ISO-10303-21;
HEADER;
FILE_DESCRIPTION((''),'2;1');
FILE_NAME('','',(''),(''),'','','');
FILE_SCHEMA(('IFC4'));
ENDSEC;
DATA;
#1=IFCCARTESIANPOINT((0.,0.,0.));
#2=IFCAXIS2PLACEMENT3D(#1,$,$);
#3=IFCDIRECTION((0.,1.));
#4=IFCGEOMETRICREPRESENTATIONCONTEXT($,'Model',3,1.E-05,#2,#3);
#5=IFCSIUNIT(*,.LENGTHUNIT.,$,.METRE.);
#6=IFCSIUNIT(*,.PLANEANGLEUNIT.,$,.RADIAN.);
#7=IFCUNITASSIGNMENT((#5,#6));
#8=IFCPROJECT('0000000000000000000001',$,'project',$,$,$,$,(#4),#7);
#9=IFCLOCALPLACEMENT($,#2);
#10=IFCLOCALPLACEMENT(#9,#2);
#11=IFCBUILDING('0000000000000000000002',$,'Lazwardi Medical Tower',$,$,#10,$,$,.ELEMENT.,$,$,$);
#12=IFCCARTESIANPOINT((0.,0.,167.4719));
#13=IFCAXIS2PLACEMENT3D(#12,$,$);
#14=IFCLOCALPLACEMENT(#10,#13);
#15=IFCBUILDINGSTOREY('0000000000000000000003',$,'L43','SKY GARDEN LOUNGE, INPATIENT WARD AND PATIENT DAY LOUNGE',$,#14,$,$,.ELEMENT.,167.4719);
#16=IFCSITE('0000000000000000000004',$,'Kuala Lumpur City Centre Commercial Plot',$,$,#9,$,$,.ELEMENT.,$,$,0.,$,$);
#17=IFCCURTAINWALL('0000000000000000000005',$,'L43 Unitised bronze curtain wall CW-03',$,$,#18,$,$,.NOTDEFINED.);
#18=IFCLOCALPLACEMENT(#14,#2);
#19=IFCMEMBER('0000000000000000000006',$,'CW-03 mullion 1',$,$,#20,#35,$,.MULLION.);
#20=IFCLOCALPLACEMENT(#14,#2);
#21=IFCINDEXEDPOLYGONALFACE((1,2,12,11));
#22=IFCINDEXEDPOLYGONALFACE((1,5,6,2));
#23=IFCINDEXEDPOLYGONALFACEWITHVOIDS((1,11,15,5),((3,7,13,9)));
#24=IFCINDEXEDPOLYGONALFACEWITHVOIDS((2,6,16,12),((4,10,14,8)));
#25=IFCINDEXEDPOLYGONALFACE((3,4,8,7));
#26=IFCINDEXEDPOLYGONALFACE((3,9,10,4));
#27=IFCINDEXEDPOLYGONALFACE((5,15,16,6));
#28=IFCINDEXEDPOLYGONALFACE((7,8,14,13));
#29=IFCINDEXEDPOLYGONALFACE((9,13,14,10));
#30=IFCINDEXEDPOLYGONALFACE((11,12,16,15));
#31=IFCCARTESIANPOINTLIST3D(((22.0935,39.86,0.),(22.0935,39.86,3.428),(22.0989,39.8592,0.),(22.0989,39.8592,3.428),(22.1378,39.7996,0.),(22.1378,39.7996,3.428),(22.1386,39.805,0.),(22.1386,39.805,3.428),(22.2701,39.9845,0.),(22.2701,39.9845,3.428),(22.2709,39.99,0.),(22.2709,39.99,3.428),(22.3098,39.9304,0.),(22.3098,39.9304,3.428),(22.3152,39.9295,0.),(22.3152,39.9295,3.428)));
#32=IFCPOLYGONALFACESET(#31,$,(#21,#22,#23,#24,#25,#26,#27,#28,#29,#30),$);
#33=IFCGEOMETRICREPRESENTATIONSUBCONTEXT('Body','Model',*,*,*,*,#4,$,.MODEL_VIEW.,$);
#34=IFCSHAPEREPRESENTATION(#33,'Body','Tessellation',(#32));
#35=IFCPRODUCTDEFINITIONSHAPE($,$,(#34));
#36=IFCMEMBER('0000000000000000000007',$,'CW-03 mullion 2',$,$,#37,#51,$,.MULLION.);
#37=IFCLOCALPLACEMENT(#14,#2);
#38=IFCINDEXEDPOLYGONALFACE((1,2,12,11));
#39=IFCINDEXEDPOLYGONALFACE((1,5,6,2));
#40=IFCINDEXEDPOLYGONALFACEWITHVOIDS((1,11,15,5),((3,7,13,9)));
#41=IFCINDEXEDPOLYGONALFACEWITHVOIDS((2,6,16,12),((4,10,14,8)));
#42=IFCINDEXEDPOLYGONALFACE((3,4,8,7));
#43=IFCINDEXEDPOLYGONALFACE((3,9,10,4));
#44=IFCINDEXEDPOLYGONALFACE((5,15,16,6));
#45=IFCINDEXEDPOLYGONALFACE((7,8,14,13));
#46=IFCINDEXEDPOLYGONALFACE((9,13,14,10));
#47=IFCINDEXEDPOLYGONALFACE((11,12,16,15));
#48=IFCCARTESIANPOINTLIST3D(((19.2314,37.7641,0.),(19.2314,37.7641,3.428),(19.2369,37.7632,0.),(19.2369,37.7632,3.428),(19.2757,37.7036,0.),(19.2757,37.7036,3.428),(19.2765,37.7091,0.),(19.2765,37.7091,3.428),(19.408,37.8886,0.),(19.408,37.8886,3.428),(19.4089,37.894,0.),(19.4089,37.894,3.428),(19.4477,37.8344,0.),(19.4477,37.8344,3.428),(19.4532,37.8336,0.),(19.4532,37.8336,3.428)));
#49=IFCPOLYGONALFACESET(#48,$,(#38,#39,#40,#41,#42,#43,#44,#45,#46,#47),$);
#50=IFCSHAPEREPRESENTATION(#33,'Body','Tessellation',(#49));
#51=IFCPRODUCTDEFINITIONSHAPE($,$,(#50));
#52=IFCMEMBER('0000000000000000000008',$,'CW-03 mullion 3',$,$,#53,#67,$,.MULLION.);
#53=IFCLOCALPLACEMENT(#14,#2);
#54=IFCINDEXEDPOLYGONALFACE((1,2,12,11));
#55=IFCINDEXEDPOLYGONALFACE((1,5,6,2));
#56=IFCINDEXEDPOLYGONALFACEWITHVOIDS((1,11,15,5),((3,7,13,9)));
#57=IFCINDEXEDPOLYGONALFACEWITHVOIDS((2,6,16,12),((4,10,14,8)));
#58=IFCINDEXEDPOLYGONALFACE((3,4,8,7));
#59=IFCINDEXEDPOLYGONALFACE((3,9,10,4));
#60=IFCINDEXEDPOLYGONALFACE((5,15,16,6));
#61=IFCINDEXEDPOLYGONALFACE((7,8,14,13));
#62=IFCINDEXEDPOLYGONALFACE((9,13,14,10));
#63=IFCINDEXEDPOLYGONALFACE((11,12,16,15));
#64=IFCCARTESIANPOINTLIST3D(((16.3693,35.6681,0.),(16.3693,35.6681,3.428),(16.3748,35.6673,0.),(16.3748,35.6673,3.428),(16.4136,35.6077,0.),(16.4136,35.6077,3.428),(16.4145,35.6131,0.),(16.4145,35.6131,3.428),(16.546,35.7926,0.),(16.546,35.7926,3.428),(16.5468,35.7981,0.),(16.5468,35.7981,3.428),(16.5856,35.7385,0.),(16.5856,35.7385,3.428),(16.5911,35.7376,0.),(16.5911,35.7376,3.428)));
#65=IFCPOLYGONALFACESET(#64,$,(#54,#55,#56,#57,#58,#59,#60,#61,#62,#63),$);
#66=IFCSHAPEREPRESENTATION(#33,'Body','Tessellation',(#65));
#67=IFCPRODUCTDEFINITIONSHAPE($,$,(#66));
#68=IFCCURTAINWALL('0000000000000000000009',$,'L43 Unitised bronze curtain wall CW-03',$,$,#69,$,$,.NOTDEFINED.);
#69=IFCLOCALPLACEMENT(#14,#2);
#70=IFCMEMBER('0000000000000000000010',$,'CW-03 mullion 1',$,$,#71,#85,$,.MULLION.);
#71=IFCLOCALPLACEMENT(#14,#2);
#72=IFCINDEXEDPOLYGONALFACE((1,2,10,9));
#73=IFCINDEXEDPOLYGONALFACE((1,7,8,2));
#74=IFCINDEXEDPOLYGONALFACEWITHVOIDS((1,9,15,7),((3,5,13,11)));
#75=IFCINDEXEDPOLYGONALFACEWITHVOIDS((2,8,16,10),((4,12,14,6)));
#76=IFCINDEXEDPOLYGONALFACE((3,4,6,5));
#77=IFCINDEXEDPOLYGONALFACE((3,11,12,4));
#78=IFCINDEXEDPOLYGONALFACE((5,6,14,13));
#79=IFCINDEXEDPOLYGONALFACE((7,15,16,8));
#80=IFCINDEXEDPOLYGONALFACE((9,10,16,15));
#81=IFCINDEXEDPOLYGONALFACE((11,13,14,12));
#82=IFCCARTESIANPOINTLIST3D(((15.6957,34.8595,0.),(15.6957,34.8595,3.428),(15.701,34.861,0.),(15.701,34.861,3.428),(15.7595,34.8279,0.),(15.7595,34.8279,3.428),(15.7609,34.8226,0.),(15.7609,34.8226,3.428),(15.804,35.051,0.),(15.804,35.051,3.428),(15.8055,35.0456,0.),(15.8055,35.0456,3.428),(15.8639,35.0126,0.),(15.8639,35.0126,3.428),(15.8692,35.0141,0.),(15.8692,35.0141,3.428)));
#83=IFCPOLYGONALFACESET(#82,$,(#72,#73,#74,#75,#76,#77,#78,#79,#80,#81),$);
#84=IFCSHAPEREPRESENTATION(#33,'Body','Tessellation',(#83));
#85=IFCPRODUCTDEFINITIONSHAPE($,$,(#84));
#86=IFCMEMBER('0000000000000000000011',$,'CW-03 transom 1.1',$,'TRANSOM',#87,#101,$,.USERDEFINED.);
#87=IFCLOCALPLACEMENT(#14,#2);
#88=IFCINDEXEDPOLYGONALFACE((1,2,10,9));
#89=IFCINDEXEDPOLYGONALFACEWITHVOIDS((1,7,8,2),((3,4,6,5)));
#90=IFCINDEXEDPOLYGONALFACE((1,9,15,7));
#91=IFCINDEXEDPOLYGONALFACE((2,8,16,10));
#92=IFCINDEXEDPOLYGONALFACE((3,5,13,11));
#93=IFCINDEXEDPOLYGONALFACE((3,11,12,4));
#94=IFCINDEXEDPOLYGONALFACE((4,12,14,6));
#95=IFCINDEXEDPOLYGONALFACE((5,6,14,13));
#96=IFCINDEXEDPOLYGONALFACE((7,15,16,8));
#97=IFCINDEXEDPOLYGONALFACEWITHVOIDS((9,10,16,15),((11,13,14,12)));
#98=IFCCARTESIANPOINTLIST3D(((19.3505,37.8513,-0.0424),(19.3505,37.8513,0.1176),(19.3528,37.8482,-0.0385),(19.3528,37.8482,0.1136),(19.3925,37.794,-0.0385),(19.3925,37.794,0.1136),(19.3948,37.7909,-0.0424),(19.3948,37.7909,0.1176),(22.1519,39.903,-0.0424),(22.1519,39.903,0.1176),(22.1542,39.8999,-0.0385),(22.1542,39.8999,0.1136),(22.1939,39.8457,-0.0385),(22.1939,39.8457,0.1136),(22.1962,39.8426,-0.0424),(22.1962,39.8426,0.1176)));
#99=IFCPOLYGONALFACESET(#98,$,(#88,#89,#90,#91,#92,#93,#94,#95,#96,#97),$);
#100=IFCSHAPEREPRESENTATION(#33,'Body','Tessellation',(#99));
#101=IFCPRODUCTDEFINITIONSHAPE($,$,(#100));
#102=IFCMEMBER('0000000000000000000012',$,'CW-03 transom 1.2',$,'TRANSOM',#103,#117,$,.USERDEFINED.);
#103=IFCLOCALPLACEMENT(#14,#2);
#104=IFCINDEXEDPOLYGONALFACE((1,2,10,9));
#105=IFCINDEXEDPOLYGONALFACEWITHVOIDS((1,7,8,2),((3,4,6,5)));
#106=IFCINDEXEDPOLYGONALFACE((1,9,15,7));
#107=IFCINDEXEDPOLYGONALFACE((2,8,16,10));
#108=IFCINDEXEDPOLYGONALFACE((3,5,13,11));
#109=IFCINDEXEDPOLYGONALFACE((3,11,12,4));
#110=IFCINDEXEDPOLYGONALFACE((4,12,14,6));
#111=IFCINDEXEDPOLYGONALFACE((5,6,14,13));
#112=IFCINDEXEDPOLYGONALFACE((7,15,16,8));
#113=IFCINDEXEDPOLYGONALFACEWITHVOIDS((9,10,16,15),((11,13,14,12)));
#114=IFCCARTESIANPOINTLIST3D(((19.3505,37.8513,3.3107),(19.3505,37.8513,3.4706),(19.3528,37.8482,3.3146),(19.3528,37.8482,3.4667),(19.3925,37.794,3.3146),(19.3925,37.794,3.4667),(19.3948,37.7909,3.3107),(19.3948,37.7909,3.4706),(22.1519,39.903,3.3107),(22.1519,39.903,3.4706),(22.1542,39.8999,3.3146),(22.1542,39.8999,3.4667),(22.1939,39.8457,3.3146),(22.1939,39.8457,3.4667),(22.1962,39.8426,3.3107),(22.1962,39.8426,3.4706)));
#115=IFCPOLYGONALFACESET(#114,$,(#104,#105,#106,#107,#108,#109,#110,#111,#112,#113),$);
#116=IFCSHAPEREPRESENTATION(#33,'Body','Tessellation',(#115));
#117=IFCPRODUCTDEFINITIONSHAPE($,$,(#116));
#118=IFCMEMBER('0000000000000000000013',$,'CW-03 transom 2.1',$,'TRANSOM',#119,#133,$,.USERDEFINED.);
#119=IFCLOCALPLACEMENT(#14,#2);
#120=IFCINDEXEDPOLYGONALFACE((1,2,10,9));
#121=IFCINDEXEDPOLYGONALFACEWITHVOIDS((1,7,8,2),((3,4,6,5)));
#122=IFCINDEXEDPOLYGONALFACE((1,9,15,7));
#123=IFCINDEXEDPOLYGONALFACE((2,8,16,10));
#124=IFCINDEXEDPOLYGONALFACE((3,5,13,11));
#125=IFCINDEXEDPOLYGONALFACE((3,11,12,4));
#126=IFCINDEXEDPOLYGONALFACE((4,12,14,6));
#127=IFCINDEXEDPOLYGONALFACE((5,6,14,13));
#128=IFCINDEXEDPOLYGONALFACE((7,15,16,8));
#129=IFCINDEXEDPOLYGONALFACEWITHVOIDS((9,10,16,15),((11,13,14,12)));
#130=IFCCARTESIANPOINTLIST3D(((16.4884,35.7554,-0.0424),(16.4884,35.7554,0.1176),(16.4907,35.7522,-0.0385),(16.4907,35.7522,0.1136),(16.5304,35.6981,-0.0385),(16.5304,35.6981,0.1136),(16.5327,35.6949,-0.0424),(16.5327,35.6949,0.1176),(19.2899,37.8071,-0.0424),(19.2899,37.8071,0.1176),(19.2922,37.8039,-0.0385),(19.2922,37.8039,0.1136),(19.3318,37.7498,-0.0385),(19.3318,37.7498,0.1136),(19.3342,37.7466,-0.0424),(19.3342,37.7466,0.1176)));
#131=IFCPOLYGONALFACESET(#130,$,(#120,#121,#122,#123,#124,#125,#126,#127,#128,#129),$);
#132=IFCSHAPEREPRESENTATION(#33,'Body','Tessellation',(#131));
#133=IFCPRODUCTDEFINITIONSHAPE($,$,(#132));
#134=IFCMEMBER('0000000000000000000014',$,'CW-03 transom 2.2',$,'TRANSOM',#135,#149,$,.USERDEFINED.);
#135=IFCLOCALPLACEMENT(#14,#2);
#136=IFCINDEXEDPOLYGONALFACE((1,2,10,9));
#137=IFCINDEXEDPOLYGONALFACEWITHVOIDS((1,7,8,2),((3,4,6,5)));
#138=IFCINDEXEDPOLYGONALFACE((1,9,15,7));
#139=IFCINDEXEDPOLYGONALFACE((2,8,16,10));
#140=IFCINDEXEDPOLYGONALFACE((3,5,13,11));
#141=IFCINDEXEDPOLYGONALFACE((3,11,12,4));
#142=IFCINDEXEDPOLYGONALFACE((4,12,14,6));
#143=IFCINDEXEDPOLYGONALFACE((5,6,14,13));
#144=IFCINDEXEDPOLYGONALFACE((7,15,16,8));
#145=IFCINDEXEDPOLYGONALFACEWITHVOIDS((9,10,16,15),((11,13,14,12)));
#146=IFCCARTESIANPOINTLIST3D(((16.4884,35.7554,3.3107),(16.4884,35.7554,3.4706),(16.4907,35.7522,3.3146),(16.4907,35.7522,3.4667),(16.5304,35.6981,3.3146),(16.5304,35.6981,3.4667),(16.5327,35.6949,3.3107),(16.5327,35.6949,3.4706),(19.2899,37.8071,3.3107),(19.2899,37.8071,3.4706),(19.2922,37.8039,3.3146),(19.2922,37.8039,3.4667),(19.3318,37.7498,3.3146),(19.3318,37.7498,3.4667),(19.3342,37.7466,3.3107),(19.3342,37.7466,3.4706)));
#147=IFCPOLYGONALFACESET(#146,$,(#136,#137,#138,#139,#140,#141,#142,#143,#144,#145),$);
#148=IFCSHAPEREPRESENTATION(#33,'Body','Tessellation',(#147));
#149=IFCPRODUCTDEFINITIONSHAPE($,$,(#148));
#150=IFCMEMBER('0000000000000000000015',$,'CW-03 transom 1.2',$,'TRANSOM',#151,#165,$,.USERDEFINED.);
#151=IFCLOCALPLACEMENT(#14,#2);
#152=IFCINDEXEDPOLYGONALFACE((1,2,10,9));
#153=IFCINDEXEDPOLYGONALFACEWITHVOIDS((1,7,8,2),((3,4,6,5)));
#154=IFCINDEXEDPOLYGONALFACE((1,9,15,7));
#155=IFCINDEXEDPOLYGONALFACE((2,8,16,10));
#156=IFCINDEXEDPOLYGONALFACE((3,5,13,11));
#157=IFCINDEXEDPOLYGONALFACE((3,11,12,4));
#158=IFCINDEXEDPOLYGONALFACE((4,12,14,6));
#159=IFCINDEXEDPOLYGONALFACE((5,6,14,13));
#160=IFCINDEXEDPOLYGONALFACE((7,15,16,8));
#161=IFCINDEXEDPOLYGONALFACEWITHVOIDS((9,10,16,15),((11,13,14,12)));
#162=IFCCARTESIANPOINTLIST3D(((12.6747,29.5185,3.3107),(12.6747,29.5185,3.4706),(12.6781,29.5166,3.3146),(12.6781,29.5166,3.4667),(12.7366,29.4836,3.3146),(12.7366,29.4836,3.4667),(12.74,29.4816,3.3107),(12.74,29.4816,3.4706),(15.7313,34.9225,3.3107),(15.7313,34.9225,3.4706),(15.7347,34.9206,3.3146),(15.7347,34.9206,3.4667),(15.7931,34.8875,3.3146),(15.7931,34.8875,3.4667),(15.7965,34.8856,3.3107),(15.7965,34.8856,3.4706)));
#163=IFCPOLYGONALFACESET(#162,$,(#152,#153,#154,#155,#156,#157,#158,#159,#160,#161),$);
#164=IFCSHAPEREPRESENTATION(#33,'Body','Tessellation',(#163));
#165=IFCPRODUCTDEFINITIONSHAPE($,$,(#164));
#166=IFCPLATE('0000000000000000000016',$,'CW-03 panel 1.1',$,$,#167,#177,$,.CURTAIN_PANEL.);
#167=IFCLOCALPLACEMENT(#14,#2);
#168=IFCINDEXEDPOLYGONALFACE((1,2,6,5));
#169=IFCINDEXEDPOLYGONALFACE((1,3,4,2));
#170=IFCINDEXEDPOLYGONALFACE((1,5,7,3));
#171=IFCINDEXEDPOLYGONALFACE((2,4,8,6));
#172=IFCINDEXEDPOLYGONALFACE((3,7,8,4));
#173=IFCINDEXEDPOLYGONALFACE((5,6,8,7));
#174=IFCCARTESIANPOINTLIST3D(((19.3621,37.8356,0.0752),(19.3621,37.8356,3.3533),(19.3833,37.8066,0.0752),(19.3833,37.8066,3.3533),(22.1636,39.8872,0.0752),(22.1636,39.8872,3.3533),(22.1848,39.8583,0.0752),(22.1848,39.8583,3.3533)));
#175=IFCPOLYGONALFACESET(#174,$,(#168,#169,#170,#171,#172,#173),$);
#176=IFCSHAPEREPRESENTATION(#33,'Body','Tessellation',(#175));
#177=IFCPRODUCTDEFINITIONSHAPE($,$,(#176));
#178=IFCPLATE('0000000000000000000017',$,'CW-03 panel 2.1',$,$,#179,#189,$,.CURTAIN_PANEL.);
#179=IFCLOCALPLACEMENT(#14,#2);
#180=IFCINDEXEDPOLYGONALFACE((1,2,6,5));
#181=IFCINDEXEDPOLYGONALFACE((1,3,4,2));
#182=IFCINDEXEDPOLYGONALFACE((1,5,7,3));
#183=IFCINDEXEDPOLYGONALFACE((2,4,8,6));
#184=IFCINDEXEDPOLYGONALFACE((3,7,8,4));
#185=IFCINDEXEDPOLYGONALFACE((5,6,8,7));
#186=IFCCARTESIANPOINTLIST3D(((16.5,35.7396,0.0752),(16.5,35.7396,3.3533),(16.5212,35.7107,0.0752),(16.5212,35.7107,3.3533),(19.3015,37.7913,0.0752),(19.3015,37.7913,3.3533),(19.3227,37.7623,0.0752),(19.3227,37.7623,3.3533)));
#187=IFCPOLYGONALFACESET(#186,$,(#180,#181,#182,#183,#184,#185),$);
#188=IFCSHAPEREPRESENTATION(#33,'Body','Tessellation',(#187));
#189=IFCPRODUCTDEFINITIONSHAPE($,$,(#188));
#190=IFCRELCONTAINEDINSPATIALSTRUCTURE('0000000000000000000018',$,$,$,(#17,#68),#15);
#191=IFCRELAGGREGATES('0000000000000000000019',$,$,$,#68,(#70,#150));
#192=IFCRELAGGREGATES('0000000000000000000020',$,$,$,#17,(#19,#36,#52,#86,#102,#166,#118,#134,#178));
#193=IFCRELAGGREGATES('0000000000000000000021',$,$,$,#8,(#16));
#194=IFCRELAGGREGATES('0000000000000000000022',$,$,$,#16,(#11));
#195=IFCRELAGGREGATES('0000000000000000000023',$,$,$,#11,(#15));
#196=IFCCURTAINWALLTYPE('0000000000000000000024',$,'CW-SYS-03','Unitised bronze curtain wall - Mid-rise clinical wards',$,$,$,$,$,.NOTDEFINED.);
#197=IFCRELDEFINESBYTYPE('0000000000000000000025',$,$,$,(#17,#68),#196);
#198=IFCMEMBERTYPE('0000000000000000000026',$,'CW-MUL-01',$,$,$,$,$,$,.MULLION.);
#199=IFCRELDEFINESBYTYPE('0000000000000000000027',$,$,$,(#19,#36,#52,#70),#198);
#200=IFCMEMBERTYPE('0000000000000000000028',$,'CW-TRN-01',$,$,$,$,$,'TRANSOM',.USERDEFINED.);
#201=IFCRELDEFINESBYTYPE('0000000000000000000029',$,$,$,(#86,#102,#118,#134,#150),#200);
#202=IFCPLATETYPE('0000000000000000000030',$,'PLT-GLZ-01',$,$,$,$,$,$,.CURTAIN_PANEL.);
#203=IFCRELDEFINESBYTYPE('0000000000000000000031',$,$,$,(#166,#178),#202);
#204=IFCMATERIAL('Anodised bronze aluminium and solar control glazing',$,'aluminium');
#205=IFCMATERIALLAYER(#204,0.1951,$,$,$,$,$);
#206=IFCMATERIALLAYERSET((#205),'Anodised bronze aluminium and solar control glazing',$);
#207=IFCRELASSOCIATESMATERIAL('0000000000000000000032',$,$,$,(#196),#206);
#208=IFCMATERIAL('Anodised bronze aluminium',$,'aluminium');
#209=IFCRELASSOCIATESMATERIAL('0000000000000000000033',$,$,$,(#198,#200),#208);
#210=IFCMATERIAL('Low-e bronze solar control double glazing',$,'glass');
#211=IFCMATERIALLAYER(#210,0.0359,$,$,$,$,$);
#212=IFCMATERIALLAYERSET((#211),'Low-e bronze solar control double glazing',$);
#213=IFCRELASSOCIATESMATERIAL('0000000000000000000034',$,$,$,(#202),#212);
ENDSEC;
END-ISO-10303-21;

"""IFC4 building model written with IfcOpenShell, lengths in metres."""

from ifc_helpers import new_model, si_unit, direction, frame, origin, origin_2d, place, context, subcontext, project, spatial, rectangle, hollow_rectangle, extrude, material, layer, layer_set, material_profile, profile_set, type_object, element, aggregate, save


model = new_model("IFC4")

# Units and contexts
model_context = context("Model", 3, precision=1e-05, world=origin(), true_north=direction((0.0, 1.0)))
body_context = subcontext(model_context, "Body", "Model", "MODEL_VIEW")
ifc_project = project(units=[si_unit("LENGTHUNIT", "METRE"), si_unit("PLANEANGLEUNIT", "RADIAN")], contexts=[model_context])

# Site, building, storey
site_placement = place(None, origin())
site = spatial("IfcSite", under=ifc_project, at=site_placement, Name="Kuala Lumpur City Centre Commercial Plot", CompositionType="ELEMENT", RefElevation=0.0)
building_placement = place(site_placement, origin())
building = spatial("IfcBuilding", under=site, at=building_placement, Name="Lazwardi Medical Tower", CompositionType="ELEMENT")
storey_placement = place(building_placement, frame((0.0, 0.0, 167.4719)))
storey = spatial("IfcBuildingStorey", under=building, at=storey_placement, Name="L43", Description="SKY GARDEN LOUNGE, INPATIENT WARD AND PATIENT DAY LOUNGE", CompositionType="ELEMENT", Elevation=167.4719)

# Shared definitions
ifc_material_1 = material(Name="Anodised bronze aluminium and solar control glazing", Category="aluminium")
ifc_layer_1 = layer(ifc_material_1, 0.1951)
ifc_layer_set_1 = layer_set([ifc_layer_1], Name="Anodised bronze aluminium and solar control glazing")
curtain_wall_type = type_object("IfcCurtainWallType", Name="CW-SYS-03", Description="Unitised bronze curtain wall - Mid-rise clinical wards", PredefinedType="NOTDEFINED", material=ifc_layer_set_1)
ifc_material_2 = material(Name="Anodised bronze aluminium", Category="aluminium")
ifc_material_profile_1 = material_profile(ifc_material_2, hollow_rectangle(XDim=0.075, YDim=0.22, WallThickness=0.0039, at=origin_2d()), Name="ALU-MULLION 220x75x4")
ifc_profile_set_1 = profile_set([ifc_material_profile_1], Name="Anodised bronze aluminium")
member_type_1 = type_object("IfcMemberType", Name="CW-MUL-01", PredefinedType="MULLION", material=ifc_profile_set_1)

# Curtain wall, members
curtain_wall_1_placement = place(storey_placement, origin())
curtain_wall_1 = element("IfcCurtainWall", 1, at=curtain_wall_1_placement, inside=storey, type_object=curtain_wall_type, Name="L43 Unitised bronze curtain wall CW-03", PredefinedType="NOTDEFINED")
member_1_placement = place(storey_placement, frame((22.2043, 39.8948, 0.0), z_axis=(0.0, 0.0, 1.0), x_axis=(0.590834, -0.806793, 0.0)))
member_1 = element("IfcMember", 2, at=member_1_placement, type_object=member_type_1, Name="CW-03 mullion 1", PredefinedType="MULLION", context=body_context, shape_type="SweptSolid", body=[
    extrude(hollow_rectangle(XDim=0.075, YDim=0.22, WallThickness=0.0039, at=origin_2d()), origin(), (0.0, 0.0, 1.0), 3.428),
])
member_2_placement = place(storey_placement, frame((19.3423, 37.7988, 0.0), z_axis=(0.0, 0.0, 1.0), x_axis=(0.590834, -0.806793, 0.0)))
member_2 = element("IfcMember", 3, at=member_2_placement, type_object=member_type_1, Name="CW-03 mullion 2", PredefinedType="MULLION", context=body_context, shape_type="SweptSolid", body=[
    extrude(hollow_rectangle(XDim=0.075, YDim=0.22, WallThickness=0.0039, at=origin_2d()), origin(), (0.0, 0.0, 1.0), 3.428),
])
member_3_placement = place(storey_placement, frame((16.4802, 35.7029, 0.0), z_axis=(0.0, 0.0, 1.0), x_axis=(0.590834, -0.806793, 0.0)))
member_3 = element("IfcMember", 4, at=member_3_placement, type_object=member_type_1, Name="CW-03 mullion 3", PredefinedType="MULLION", context=body_context, shape_type="SweptSolid", body=[
    extrude(hollow_rectangle(XDim=0.075, YDim=0.22, WallThickness=0.0039, at=origin_2d()), origin(), (0.0, 0.0, 1.0), 3.428),
])

# Curtain wall, member
curtain_wall_2_placement = place(storey_placement, origin())
curtain_wall_2 = element("IfcCurtainWall", 5, at=curtain_wall_2_placement, inside=storey, type_object=curtain_wall_type, Name="L43 Unitised bronze curtain wall CW-03", PredefinedType="NOTDEFINED")
member_4_placement = place(storey_placement, frame((15.7825, 34.9368, 0.0), z_axis=(0.0, 0.0, 1.0), x_axis=(0.870419, -0.492312, 0.0)))
member_4 = element("IfcMember", 6, at=member_4_placement, type_object=member_type_1, Name="CW-03 mullion 1", PredefinedType="MULLION", context=body_context, shape_type="SweptSolid", body=[
    extrude(hollow_rectangle(XDim=0.075, YDim=0.22, WallThickness=0.0039, at=origin_2d()), origin(), (0.0, 0.0, 1.0), 3.428),
])

# Members
ifc_material_profile_2 = material_profile(ifc_material_2, hollow_rectangle(XDim=0.075, YDim=0.1599, WallThickness=0.0039, at=origin_2d()), Name="ALU-TRANSOM 160x75x4")
ifc_profile_set_2 = profile_set([ifc_material_profile_2], Name="Anodised bronze aluminium")
member_type_2 = type_object("IfcMemberType", Name="CW-TRN-01", ElementType="TRANSOM", PredefinedType="USERDEFINED", material=ifc_profile_set_2)
member_5_placement = place(storey_placement, frame((22.1741, 39.8728, 0.0376), z_axis=(-0.806774, -0.590861, 0.0), x_axis=(0.590861, -0.806774, 0.0)))
member_5 = element("IfcMember", 7, at=member_5_placement, type_object=member_type_2, Name="CW-03 transom 1.1", ObjectType="TRANSOM", PredefinedType="USERDEFINED", context=body_context, shape_type="SweptSolid", body=[
    extrude(hollow_rectangle(XDim=0.075, YDim=0.1599, WallThickness=0.0039, at=origin_2d()), origin(), (0.0, 0.0, 1.0), 3.4724),
])
member_6_placement = place(storey_placement, frame((22.1741, 39.8728, 3.3906), z_axis=(-0.806774, -0.590861, 0.0), x_axis=(0.590861, -0.806774, 0.0)))
member_6 = element("IfcMember", 8, at=member_6_placement, type_object=member_type_2, Name="CW-03 transom 1.2", ObjectType="TRANSOM", PredefinedType="USERDEFINED", context=body_context, shape_type="SweptSolid", body=[
    extrude(hollow_rectangle(XDim=0.075, YDim=0.1599, WallThickness=0.0039, at=origin_2d()), origin(), (0.0, 0.0, 1.0), 3.4724),
])
member_7_placement = place(storey_placement, frame((19.312, 37.7769, 0.0376), z_axis=(-0.806774, -0.590861, 0.0), x_axis=(0.590861, -0.806774, 0.0)))
member_7 = element("IfcMember", 9, at=member_7_placement, type_object=member_type_2, Name="CW-03 transom 2.1", ObjectType="TRANSOM", PredefinedType="USERDEFINED", context=body_context, shape_type="SweptSolid", body=[
    extrude(hollow_rectangle(XDim=0.075, YDim=0.1599, WallThickness=0.0039, at=origin_2d()), origin(), (0.0, 0.0, 1.0), 3.4724),
])
member_8_placement = place(storey_placement, frame((19.312, 37.7769, 3.3906), z_axis=(-0.806774, -0.590861, 0.0), x_axis=(0.590861, -0.806774, 0.0)))
member_8 = element("IfcMember", 10, at=member_8_placement, type_object=member_type_2, Name="CW-03 transom 2.2", ObjectType="TRANSOM", PredefinedType="USERDEFINED", context=body_context, shape_type="SweptSolid", body=[
    extrude(hollow_rectangle(XDim=0.075, YDim=0.1599, WallThickness=0.0039, at=origin_2d()), origin(), (0.0, 0.0, 1.0), 3.4724),
])
member_9_placement = place(storey_placement, frame((15.7639, 34.9041, 3.3906), z_axis=(-0.492323, -0.870413, 0.0), x_axis=(0.870413, -0.492323, 0.0)))
member_9 = element("IfcMember", 11, at=member_9_placement, type_object=member_type_2, Name="CW-03 transom 1.2", ObjectType="TRANSOM", PredefinedType="USERDEFINED", context=body_context, shape_type="SweptSolid", body=[
    extrude(hollow_rectangle(XDim=0.075, YDim=0.1599, WallThickness=0.0039, at=origin_2d()), origin(), (0.0, 0.0, 1.0), 6.2085),
])
aggregate(curtain_wall_2, [member_4, member_9])

# Plates
ifc_material_3 = material(Name="Low-e bronze solar control double glazing", Category="glass")
ifc_layer_2 = layer(ifc_material_3, 0.0359)
ifc_layer_set_2 = layer_set([ifc_layer_2], Name="Low-e bronze solar control double glazing")
plate_type = type_object("IfcPlateType", Name="PLT-GLZ-01", PredefinedType="CURTAIN_PANEL", material=ifc_layer_set_2)
plate_1_placement = place(storey_placement, frame((20.7734, 38.8469, 0.0752), z_axis=(0.0, 0.0, 1.0), x_axis=(-0.806793, -0.590834, 0.0)))
plate_1 = element("IfcPlate", 12, at=plate_1_placement, type_object=plate_type, Name="CW-03 panel 1.1", PredefinedType="CURTAIN_PANEL", context=body_context, shape_type="SweptSolid", body=[
    extrude(rectangle(XDim=3.4724, YDim=0.0359, at=origin_2d()), origin(), (0.0, 0.0, 1.0), 3.2781),
])
plate_2_placement = place(storey_placement, frame((17.9114, 36.751, 0.0752), z_axis=(0.0, 0.0, 1.0), x_axis=(-0.806793, -0.590834, 0.0)))
plate_2 = element("IfcPlate", 13, at=plate_2_placement, type_object=plate_type, Name="CW-03 panel 2.1", PredefinedType="CURTAIN_PANEL", context=body_context, shape_type="SweptSolid", body=[
    extrude(rectangle(XDim=3.4724, YDim=0.0359, at=origin_2d()), origin(), (0.0, 0.0, 1.0), 3.2781),
])
aggregate(curtain_wall_1, [member_1, member_2, member_3, member_5, member_6, plate_1, member_7, member_8, plate_2])

save(model, "model.ifc")
